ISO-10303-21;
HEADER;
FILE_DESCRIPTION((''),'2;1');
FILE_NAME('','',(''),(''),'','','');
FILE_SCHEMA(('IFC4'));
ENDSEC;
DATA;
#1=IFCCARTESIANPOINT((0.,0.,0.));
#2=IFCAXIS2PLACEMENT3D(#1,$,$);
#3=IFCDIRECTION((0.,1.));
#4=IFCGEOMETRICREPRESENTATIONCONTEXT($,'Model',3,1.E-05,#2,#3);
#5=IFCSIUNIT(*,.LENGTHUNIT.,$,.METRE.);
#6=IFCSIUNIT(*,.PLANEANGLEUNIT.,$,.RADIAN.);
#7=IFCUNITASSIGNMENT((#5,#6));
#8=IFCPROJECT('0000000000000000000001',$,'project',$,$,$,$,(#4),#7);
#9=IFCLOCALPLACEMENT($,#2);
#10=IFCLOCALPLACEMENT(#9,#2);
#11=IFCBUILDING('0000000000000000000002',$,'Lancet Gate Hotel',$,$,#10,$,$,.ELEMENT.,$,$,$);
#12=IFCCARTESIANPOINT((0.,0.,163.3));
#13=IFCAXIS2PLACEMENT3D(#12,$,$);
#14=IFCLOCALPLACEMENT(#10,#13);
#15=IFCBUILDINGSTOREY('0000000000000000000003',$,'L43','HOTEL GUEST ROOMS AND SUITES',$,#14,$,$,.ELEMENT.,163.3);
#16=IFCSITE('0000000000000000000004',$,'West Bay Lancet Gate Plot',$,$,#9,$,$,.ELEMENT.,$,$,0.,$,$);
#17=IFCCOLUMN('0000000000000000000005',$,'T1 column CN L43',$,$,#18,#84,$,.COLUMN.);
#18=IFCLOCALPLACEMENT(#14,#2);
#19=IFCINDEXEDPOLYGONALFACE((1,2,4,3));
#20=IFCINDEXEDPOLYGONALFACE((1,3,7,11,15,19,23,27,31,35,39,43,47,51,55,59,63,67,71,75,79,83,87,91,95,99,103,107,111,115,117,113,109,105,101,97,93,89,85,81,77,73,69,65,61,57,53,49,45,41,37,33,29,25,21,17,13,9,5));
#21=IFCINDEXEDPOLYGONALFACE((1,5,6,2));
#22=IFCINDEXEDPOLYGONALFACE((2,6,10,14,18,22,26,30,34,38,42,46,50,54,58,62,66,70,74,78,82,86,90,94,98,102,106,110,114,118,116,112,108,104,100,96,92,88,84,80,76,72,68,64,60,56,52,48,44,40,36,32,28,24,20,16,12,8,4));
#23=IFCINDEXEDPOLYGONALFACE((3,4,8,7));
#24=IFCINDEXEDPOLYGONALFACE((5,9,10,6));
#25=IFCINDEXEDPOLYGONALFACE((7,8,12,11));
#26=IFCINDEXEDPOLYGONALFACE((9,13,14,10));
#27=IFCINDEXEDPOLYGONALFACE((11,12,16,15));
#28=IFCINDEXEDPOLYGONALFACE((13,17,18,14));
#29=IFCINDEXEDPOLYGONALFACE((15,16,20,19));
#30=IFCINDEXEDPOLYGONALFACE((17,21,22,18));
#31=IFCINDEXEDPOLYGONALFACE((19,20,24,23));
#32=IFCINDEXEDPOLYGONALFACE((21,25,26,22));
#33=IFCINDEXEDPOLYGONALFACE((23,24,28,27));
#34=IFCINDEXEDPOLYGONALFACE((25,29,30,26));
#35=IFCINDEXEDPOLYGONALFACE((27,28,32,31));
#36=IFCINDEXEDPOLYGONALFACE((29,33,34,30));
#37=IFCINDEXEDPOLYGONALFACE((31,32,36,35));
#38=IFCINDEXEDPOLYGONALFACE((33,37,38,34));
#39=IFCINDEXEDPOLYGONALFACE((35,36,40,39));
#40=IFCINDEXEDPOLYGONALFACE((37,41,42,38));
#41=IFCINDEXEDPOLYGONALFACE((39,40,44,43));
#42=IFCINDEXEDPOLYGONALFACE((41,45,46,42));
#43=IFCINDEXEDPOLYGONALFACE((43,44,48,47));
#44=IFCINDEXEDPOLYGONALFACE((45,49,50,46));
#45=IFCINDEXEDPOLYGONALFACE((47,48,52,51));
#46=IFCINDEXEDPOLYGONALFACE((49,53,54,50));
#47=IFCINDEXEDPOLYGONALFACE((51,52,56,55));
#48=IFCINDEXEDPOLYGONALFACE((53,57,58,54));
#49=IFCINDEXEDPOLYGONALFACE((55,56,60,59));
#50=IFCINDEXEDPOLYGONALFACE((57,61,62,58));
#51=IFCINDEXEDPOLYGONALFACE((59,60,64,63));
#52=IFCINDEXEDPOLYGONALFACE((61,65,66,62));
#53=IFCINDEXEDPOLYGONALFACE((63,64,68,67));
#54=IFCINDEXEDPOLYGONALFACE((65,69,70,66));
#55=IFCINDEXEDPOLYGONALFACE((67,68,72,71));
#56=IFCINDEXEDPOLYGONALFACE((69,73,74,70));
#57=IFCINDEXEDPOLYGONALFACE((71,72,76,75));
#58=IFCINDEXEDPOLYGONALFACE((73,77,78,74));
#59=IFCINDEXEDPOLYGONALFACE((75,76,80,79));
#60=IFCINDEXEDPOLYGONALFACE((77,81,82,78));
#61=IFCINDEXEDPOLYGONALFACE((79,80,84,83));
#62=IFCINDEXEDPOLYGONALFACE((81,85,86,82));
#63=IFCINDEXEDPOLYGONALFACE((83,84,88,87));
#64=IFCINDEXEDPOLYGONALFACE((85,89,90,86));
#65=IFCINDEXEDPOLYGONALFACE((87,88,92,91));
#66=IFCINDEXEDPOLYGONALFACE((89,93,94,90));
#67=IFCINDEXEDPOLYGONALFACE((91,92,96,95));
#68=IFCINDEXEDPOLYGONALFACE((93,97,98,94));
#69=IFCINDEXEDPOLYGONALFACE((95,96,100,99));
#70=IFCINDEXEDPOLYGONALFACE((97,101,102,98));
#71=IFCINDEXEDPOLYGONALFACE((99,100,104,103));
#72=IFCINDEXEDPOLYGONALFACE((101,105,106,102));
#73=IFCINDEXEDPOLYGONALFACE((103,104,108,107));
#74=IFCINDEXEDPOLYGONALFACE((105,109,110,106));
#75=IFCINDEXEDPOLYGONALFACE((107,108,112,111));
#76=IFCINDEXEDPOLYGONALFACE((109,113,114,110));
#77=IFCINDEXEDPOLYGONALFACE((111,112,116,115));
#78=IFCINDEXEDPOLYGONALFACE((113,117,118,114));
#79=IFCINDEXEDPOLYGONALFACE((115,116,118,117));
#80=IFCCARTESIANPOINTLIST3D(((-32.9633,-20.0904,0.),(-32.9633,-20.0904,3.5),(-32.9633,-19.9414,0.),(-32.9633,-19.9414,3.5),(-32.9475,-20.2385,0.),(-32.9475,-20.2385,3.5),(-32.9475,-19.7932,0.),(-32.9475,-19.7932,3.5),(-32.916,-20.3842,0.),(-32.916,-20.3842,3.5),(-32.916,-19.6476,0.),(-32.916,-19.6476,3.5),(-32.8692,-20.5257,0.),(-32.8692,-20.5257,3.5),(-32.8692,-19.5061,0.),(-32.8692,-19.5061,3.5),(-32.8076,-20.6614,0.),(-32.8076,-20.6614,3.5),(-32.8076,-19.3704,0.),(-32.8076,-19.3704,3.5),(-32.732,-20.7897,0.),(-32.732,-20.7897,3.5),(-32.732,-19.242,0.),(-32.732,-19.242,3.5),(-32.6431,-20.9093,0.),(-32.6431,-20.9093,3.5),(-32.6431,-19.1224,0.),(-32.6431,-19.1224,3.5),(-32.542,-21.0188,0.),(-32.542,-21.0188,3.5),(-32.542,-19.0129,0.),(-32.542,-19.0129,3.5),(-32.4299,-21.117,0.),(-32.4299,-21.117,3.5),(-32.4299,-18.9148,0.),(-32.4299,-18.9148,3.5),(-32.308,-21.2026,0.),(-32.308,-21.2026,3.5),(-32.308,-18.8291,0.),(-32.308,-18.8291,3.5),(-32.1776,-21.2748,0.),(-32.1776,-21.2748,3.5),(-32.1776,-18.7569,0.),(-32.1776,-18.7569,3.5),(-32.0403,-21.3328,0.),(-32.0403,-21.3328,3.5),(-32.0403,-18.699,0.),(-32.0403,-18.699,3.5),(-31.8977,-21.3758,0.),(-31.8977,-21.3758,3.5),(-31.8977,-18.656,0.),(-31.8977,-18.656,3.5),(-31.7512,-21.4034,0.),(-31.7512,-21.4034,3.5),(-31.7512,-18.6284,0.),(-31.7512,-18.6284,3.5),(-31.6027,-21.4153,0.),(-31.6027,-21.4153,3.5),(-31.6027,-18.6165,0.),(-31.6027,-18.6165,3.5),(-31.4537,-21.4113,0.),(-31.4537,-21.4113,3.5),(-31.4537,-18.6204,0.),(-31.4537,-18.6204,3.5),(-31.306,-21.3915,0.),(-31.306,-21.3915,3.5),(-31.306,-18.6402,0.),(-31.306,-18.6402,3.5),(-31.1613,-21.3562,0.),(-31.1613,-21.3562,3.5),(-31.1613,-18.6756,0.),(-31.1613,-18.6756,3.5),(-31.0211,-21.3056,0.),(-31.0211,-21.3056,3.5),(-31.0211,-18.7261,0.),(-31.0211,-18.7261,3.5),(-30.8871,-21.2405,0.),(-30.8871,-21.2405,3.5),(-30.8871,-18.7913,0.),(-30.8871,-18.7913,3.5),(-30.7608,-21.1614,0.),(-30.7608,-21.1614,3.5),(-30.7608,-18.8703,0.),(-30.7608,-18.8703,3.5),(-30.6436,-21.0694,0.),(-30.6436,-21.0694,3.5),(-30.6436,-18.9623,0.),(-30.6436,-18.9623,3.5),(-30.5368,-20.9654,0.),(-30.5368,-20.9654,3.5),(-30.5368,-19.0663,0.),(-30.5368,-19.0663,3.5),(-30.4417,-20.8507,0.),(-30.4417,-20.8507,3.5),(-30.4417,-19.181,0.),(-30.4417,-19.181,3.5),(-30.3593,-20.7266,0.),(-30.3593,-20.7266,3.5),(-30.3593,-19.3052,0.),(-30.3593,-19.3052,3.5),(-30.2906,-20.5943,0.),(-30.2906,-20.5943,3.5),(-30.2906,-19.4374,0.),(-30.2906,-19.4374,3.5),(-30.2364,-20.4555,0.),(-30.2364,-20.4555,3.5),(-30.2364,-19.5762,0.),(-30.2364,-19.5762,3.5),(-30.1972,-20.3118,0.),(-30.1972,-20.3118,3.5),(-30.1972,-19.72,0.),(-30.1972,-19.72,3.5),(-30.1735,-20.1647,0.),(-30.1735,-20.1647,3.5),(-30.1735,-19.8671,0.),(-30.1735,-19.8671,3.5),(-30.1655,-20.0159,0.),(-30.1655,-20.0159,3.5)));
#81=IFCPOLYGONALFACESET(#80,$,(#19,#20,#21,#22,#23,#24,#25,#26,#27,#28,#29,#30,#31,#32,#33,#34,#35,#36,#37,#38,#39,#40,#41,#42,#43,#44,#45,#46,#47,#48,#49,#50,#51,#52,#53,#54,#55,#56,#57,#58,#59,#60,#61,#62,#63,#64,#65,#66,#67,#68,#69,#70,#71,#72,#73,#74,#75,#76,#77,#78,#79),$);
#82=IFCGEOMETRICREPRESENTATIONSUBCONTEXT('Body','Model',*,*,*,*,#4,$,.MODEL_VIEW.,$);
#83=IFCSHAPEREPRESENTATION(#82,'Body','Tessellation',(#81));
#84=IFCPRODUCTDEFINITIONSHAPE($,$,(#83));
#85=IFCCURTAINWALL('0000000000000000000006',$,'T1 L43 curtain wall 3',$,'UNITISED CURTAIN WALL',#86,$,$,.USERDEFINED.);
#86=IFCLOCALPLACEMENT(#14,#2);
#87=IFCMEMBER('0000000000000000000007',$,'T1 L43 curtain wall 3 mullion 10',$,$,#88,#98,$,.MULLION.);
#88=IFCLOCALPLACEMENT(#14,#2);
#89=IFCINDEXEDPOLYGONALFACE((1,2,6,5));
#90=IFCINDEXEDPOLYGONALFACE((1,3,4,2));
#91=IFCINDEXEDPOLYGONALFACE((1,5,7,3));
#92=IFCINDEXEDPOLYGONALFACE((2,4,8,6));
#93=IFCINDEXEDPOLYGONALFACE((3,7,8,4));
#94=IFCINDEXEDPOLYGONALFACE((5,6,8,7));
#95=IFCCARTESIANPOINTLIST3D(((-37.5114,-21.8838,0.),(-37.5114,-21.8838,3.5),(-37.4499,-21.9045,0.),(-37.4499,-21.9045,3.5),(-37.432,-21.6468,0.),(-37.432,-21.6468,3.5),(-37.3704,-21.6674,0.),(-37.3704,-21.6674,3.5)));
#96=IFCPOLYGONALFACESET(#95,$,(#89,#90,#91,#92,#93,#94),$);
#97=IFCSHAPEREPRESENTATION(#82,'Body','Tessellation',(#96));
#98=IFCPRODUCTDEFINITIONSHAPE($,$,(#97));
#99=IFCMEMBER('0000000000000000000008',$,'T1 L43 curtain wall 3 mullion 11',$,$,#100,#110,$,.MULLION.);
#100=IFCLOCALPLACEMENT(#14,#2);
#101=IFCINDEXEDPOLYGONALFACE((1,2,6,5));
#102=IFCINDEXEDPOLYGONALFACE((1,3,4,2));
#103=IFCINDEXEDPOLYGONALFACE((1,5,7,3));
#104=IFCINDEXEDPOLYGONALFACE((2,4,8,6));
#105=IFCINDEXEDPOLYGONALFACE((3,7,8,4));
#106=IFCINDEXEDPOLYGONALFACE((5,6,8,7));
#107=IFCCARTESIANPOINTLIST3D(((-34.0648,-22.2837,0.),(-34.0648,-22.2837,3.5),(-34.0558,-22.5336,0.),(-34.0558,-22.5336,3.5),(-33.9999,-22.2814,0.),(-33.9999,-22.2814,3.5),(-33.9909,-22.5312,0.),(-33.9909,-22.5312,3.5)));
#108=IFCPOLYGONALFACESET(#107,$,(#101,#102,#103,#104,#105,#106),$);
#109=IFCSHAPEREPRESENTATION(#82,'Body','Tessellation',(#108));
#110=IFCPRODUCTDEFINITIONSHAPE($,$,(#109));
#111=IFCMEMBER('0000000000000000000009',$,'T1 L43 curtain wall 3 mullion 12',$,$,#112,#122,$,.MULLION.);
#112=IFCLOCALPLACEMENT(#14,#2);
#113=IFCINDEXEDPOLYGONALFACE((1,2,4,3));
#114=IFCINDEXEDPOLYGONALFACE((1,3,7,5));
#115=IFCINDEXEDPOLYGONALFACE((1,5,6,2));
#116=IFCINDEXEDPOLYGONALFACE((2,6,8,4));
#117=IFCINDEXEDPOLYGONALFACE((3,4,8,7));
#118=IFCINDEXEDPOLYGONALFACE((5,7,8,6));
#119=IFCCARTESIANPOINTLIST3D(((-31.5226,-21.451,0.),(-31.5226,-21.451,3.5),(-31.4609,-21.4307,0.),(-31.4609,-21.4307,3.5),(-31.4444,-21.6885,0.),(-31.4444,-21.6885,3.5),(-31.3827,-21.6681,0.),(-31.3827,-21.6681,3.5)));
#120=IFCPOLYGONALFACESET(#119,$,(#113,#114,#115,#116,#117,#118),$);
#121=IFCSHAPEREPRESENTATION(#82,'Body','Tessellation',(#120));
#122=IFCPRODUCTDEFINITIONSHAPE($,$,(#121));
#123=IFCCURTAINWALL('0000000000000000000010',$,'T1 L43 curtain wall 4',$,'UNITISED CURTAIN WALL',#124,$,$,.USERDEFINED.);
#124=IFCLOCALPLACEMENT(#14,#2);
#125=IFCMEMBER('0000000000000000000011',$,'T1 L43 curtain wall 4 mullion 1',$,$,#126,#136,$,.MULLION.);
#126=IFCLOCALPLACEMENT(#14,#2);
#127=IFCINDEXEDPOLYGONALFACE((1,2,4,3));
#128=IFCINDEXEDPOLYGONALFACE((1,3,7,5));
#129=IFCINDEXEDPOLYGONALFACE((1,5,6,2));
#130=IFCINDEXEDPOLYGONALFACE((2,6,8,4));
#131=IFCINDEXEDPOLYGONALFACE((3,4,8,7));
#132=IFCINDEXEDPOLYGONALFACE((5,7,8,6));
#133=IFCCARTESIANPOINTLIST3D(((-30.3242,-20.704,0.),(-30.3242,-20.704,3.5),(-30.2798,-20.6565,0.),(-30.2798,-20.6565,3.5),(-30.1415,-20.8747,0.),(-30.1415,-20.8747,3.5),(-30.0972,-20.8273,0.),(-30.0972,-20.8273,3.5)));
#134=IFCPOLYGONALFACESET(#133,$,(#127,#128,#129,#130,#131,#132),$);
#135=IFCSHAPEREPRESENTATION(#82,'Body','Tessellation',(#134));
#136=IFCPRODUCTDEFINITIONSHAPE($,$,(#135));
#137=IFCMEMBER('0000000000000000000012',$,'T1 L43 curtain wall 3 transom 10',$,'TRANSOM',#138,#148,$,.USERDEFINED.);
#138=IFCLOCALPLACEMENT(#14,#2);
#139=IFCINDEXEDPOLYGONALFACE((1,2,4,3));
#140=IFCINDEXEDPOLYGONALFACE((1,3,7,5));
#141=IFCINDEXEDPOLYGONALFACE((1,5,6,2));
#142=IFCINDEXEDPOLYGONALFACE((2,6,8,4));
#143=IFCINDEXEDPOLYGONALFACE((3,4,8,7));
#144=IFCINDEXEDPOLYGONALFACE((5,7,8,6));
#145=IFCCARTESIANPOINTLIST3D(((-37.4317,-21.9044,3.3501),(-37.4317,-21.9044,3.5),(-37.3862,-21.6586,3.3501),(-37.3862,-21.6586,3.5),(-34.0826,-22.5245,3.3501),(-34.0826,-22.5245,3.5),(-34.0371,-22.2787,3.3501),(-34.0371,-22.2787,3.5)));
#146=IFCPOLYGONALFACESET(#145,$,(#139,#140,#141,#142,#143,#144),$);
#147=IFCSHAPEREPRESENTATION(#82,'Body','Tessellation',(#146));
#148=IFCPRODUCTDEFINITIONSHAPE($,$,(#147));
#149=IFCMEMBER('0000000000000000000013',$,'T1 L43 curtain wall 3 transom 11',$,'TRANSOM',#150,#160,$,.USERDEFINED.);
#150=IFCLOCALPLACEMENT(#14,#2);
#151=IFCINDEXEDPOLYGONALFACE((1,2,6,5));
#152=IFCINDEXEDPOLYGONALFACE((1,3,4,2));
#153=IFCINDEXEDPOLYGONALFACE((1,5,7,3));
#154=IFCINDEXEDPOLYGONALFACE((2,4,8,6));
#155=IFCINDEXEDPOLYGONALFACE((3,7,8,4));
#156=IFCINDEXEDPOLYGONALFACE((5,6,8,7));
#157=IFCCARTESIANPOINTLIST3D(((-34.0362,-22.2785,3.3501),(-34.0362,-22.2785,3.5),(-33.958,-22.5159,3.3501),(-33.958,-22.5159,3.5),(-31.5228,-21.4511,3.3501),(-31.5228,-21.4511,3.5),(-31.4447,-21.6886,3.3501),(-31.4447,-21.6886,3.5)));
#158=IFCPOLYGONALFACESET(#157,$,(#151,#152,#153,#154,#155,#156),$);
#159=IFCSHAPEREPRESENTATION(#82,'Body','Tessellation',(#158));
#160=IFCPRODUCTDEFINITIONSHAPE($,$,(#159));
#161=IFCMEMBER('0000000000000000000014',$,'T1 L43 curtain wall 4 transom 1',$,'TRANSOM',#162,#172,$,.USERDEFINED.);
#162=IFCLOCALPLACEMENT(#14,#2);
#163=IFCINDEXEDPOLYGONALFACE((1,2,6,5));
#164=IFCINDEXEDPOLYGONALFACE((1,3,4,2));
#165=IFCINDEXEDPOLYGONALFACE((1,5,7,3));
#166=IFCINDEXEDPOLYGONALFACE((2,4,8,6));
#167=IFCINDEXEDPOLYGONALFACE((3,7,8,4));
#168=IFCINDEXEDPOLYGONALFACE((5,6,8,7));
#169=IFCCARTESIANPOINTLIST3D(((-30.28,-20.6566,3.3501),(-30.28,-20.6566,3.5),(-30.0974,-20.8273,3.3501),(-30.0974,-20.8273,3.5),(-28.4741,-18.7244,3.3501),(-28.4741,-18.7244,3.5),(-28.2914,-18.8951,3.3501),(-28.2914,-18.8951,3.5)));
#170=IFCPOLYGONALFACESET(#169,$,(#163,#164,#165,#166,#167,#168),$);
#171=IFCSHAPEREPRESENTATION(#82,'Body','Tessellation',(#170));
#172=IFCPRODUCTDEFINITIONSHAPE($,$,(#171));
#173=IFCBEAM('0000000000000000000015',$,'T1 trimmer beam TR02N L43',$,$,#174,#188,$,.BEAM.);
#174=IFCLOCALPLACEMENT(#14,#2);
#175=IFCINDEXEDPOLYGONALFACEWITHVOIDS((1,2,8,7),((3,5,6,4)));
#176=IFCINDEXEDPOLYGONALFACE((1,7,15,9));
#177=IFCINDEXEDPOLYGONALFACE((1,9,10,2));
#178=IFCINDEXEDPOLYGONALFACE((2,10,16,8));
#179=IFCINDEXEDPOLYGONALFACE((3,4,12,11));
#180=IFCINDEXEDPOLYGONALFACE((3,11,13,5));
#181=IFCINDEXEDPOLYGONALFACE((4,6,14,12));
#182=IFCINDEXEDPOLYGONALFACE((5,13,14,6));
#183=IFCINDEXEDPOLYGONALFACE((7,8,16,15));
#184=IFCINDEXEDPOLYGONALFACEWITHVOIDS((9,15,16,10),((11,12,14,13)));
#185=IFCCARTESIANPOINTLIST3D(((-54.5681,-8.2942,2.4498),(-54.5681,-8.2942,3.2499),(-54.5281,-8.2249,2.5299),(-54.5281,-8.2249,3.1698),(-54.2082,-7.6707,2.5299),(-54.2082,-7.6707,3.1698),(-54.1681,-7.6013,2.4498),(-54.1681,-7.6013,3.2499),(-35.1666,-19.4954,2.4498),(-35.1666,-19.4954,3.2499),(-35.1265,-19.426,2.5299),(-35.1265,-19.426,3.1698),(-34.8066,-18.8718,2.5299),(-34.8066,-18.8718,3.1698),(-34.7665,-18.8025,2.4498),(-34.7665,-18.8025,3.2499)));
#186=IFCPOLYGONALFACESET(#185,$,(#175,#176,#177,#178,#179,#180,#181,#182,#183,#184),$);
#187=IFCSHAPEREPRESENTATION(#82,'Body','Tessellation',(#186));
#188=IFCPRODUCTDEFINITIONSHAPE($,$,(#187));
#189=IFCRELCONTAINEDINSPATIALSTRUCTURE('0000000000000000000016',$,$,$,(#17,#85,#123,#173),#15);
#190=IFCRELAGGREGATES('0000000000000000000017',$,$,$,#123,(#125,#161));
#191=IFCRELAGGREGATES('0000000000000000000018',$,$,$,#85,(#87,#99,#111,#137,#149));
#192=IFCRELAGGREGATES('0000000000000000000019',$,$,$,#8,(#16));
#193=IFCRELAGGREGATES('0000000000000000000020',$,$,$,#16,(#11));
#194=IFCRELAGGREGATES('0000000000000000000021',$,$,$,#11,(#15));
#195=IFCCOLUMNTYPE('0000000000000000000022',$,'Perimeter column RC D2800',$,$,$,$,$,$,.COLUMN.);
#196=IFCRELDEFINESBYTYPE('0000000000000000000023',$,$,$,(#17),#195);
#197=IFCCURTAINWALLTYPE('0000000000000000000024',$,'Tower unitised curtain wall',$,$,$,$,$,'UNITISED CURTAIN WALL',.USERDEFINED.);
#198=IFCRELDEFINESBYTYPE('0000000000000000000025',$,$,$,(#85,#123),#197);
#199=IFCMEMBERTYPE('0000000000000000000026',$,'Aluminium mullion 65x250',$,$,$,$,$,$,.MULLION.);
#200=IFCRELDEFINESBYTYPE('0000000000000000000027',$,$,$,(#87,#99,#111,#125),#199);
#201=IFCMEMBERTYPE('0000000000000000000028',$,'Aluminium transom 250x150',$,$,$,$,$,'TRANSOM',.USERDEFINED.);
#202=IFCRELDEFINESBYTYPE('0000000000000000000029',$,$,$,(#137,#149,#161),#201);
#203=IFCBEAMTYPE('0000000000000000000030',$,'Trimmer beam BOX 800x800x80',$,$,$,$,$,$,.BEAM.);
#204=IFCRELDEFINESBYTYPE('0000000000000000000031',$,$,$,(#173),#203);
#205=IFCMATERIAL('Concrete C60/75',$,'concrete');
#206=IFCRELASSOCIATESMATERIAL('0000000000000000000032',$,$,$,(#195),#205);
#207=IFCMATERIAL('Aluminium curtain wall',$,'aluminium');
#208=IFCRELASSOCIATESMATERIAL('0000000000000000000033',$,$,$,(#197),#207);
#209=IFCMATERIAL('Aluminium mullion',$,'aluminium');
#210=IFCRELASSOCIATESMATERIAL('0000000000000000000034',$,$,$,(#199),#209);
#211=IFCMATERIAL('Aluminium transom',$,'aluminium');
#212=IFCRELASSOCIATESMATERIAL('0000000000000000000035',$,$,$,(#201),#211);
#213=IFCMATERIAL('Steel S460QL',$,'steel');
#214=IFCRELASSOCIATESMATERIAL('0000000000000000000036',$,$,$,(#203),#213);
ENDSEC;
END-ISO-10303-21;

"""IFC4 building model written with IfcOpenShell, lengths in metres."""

from ifc_helpers import new_model, si_unit, direction, frame, origin, origin_2d, place, context, subcontext, project, spatial, rectangle, hollow_rectangle, circle, extrude, material, material_profile, profile_set, type_object, element, aggregate, save


model = new_model("IFC4")

# Units and contexts
model_context = context("Model", 3, precision=1e-05, world=origin(), true_north=direction((0.0, 1.0)))
body_context = subcontext(model_context, "Body", "Model", "MODEL_VIEW")
ifc_project = project(units=[si_unit("LENGTHUNIT", "METRE"), si_unit("PLANEANGLEUNIT", "RADIAN")], contexts=[model_context])

# Site, building, storey
site_placement = place(None, origin())
site = spatial("IfcSite", under=ifc_project, at=site_placement, Name="West Bay Lancet Gate Plot", CompositionType="ELEMENT", RefElevation=0.0)
building_placement = place(site_placement, origin())
building = spatial("IfcBuilding", under=site, at=building_placement, Name="Lancet Gate Hotel", CompositionType="ELEMENT")
storey_placement = place(building_placement, frame((0.0, 0.0, 163.3)))
storey = spatial("IfcBuildingStorey", under=building, at=storey_placement, Name="L43", Description="HOTEL GUEST ROOMS AND SUITES", CompositionType="ELEMENT", Elevation=163.3)

# Column
ifc_material_1 = material(Name="Concrete C60/75", Category="concrete")
ifc_material_profile_1 = material_profile(ifc_material_1, circle(Radius=1.3999, at=origin_2d()), Name="RC D2800")
ifc_profile_set_1 = profile_set([ifc_material_profile_1], Name="Concrete C60/75")
column_type = type_object("IfcColumnType", Name="Perimeter column RC D2800", PredefinedType="COLUMN", material=ifc_profile_set_1)
column_placement = place(storey_placement, frame((-31.5654, -20.0159, 0.0), z_axis=(0.0, 0.0, 1.0), x_axis=(1.0, 0.0, 0.0)))
element("IfcColumn", 1, at=column_placement, inside=storey, type_object=column_type, Name="T1 column CN L43", PredefinedType="COLUMN", context=body_context, shape_type="SweptSolid", body=[
    extrude(circle(Radius=1.3999, at=origin_2d()), origin(), (0.0, 0.0, 1.0), 3.5),
])

# Curtain wall, members
ifc_material_2 = material(Name="Aluminium curtain wall", Category="aluminium")
curtain_wall_type = type_object("IfcCurtainWallType", Name="Tower unitised curtain wall", ElementType="UNITISED CURTAIN WALL", PredefinedType="USERDEFINED", material=ifc_material_2)
curtain_wall_1_placement = place(storey_placement, origin())
curtain_wall_1 = element("IfcCurtainWall", 2, at=curtain_wall_1_placement, inside=storey, type_object=curtain_wall_type, Name="T1 L43 curtain wall 3", ObjectType="UNITISED CURTAIN WALL", PredefinedType="USERDEFINED")
ifc_material_3 = material(Name="Aluminium mullion", Category="aluminium")
ifc_material_profile_2 = material_profile(ifc_material_3, rectangle(XDim=0.0649, YDim=0.25, at=origin_2d()), Name="MULLION 65x250")
ifc_profile_set_2 = profile_set([ifc_material_profile_2], Name="Aluminium mullion")
member_type_1 = type_object("IfcMemberType", Name="Aluminium mullion 65x250", PredefinedType="MULLION", material=ifc_profile_set_2)
member_1_placement = place(storey_placement, frame((-37.4409, -21.7756, 0.0), z_axis=(0.0, 0.0, 1.0), x_axis=(0.948119, -0.317915, 0.0)))
member_1 = element("IfcMember", 3, at=member_1_placement, type_object=member_type_1, Name="T1 L43 curtain wall 3 mullion 10", PredefinedType="MULLION", context=body_context, shape_type="SweptSolid", body=[
    extrude(rectangle(XDim=0.0649, YDim=0.25, at=origin_2d()), origin(), (0.0, 0.0, 1.0), 3.5),
])
member_2_placement = place(storey_placement, frame((-34.0278, -22.4075, 0.0), z_axis=(0.0, 0.0, 1.0), x_axis=(0.99935, 0.036037, 0.0)))
member_2 = element("IfcMember", 4, at=member_2_placement, type_object=member_type_1, Name="T1 L43 curtain wall 3 mullion 11", PredefinedType="MULLION", context=body_context, shape_type="SweptSolid", body=[
    extrude(rectangle(XDim=0.0649, YDim=0.25, at=origin_2d()), origin(), (0.0, 0.0, 1.0), 3.5),
])
member_3_placement = place(storey_placement, frame((-31.4526, -21.5596, 0.0), z_axis=(0.0, 0.0, 1.0), x_axis=(0.949848, 0.312712, 0.0)))
member_3 = element("IfcMember", 5, at=member_3_placement, type_object=member_type_1, Name="T1 L43 curtain wall 3 mullion 12", PredefinedType="MULLION", context=body_context, shape_type="SweptSolid", body=[
    extrude(rectangle(XDim=0.0649, YDim=0.25, at=origin_2d()), origin(), (0.0, 0.0, 1.0), 3.5),
])

# Curtain wall, member
curtain_wall_2_placement = place(storey_placement, origin())
curtain_wall_2 = element("IfcCurtainWall", 6, at=curtain_wall_2_placement, inside=storey, type_object=curtain_wall_type, Name="T1 L43 curtain wall 4", ObjectType="UNITISED CURTAIN WALL", PredefinedType="USERDEFINED")
member_4_placement = place(storey_placement, frame((-30.2107, -20.7656, 0.0), z_axis=(0.0, 0.0, 1.0), x_axis=(0.682845, 0.730563, 0.0)))
member_4 = element("IfcMember", 7, at=member_4_placement, type_object=member_type_1, Name="T1 L43 curtain wall 4 mullion 1", PredefinedType="MULLION", context=body_context, shape_type="SweptSolid", body=[
    extrude(rectangle(XDim=0.0649, YDim=0.25, at=origin_2d()), origin(), (0.0, 0.0, 1.0), 3.5),
])

# Members
ifc_material_4 = material(Name="Aluminium transom", Category="aluminium")
ifc_material_profile_3 = material_profile(ifc_material_4, rectangle(XDim=0.25, YDim=0.1499, at=origin_2d()), Name="TRANSOM 250x150")
ifc_profile_set_3 = profile_set([ifc_material_profile_3], Name="Aluminium transom")
member_type_2 = type_object("IfcMemberType", Name="Aluminium transom 250x150", ElementType="TRANSOM", PredefinedType="USERDEFINED", material=ifc_profile_set_3)
member_5_placement = place(storey_placement, frame((-37.4089, -21.7815, 3.425), z_axis=(0.983287, -0.182064, 0.0), x_axis=(0.182064, 0.983287, 0.0)))
member_5 = element("IfcMember", 8, at=member_5_placement, type_object=member_type_2, Name="T1 L43 curtain wall 3 transom 10", ObjectType="TRANSOM", PredefinedType="USERDEFINED", context=body_context, shape_type="SweptSolid", body=[
    extrude(rectangle(XDim=0.25, YDim=0.1499, at=origin_2d()), origin(), (0.0, 0.0, 1.0), 3.406),
])
member_6_placement = place(storey_placement, frame((-33.9971, -22.3972, 3.425), z_axis=(0.949858, 0.312683, 0.0), x_axis=(-0.312683, 0.949858, 0.0)))
member_6 = element("IfcMember", 9, at=member_6_placement, type_object=member_type_2, Name="T1 L43 curtain wall 3 transom 11", ObjectType="TRANSOM", PredefinedType="USERDEFINED", context=body_context, shape_type="SweptSolid", body=[
    extrude(rectangle(XDim=0.25, YDim=0.1499, at=origin_2d()), origin(), (0.0, 0.0, 1.0), 2.646),
])
member_7_placement = place(storey_placement, frame((-30.1887, -20.7419, 3.425), z_axis=(0.682841, 0.730567, 0.0), x_axis=(-0.730567, 0.682841, 0.0)))
member_7 = element("IfcMember", 10, at=member_7_placement, type_object=member_type_2, Name="T1 L43 curtain wall 4 transom 1", ObjectType="TRANSOM", PredefinedType="USERDEFINED", context=body_context, shape_type="SweptSolid", body=[
    extrude(rectangle(XDim=0.25, YDim=0.1499, at=origin_2d()), origin(), (0.0, 0.0, 1.0), 2.6448),
])
aggregate(curtain_wall_2, [member_4, member_7])

# Beam
ifc_material_5 = material(Name="Steel S460QL", Category="steel")
ifc_material_profile_4 = material_profile(ifc_material_5, hollow_rectangle(XDim=0.8, YDim=0.8, WallThickness=0.0801, at=origin_2d()), Name="BOX 800x800x80")
ifc_profile_set_4 = profile_set([ifc_material_profile_4], Name="Steel S460QL")
beam_type = type_object("IfcBeamType", Name="Trimmer beam BOX 800x800x80", PredefinedType="BEAM", material=ifc_profile_set_4)
beam_placement = place(storey_placement, frame((-34.9666, -19.1489, 2.8499), z_axis=(-0.866032, 0.499988, 0.0), x_axis=(-0.499988, -0.866032, 0.0)))
element("IfcBeam", 11, at=beam_placement, inside=storey, type_object=beam_type, Name="T1 trimmer beam TR02N L43", PredefinedType="BEAM", context=body_context, shape_type="SweptSolid", body=[
    extrude(hollow_rectangle(XDim=0.8, YDim=0.8, WallThickness=0.0801, at=origin_2d()), origin(), (0.0, 0.0, 1.0), 22.4028),
])

aggregate(curtain_wall_1, [member_1, member_2, member_3, member_5, member_6])

save(model, "model.ifc")
